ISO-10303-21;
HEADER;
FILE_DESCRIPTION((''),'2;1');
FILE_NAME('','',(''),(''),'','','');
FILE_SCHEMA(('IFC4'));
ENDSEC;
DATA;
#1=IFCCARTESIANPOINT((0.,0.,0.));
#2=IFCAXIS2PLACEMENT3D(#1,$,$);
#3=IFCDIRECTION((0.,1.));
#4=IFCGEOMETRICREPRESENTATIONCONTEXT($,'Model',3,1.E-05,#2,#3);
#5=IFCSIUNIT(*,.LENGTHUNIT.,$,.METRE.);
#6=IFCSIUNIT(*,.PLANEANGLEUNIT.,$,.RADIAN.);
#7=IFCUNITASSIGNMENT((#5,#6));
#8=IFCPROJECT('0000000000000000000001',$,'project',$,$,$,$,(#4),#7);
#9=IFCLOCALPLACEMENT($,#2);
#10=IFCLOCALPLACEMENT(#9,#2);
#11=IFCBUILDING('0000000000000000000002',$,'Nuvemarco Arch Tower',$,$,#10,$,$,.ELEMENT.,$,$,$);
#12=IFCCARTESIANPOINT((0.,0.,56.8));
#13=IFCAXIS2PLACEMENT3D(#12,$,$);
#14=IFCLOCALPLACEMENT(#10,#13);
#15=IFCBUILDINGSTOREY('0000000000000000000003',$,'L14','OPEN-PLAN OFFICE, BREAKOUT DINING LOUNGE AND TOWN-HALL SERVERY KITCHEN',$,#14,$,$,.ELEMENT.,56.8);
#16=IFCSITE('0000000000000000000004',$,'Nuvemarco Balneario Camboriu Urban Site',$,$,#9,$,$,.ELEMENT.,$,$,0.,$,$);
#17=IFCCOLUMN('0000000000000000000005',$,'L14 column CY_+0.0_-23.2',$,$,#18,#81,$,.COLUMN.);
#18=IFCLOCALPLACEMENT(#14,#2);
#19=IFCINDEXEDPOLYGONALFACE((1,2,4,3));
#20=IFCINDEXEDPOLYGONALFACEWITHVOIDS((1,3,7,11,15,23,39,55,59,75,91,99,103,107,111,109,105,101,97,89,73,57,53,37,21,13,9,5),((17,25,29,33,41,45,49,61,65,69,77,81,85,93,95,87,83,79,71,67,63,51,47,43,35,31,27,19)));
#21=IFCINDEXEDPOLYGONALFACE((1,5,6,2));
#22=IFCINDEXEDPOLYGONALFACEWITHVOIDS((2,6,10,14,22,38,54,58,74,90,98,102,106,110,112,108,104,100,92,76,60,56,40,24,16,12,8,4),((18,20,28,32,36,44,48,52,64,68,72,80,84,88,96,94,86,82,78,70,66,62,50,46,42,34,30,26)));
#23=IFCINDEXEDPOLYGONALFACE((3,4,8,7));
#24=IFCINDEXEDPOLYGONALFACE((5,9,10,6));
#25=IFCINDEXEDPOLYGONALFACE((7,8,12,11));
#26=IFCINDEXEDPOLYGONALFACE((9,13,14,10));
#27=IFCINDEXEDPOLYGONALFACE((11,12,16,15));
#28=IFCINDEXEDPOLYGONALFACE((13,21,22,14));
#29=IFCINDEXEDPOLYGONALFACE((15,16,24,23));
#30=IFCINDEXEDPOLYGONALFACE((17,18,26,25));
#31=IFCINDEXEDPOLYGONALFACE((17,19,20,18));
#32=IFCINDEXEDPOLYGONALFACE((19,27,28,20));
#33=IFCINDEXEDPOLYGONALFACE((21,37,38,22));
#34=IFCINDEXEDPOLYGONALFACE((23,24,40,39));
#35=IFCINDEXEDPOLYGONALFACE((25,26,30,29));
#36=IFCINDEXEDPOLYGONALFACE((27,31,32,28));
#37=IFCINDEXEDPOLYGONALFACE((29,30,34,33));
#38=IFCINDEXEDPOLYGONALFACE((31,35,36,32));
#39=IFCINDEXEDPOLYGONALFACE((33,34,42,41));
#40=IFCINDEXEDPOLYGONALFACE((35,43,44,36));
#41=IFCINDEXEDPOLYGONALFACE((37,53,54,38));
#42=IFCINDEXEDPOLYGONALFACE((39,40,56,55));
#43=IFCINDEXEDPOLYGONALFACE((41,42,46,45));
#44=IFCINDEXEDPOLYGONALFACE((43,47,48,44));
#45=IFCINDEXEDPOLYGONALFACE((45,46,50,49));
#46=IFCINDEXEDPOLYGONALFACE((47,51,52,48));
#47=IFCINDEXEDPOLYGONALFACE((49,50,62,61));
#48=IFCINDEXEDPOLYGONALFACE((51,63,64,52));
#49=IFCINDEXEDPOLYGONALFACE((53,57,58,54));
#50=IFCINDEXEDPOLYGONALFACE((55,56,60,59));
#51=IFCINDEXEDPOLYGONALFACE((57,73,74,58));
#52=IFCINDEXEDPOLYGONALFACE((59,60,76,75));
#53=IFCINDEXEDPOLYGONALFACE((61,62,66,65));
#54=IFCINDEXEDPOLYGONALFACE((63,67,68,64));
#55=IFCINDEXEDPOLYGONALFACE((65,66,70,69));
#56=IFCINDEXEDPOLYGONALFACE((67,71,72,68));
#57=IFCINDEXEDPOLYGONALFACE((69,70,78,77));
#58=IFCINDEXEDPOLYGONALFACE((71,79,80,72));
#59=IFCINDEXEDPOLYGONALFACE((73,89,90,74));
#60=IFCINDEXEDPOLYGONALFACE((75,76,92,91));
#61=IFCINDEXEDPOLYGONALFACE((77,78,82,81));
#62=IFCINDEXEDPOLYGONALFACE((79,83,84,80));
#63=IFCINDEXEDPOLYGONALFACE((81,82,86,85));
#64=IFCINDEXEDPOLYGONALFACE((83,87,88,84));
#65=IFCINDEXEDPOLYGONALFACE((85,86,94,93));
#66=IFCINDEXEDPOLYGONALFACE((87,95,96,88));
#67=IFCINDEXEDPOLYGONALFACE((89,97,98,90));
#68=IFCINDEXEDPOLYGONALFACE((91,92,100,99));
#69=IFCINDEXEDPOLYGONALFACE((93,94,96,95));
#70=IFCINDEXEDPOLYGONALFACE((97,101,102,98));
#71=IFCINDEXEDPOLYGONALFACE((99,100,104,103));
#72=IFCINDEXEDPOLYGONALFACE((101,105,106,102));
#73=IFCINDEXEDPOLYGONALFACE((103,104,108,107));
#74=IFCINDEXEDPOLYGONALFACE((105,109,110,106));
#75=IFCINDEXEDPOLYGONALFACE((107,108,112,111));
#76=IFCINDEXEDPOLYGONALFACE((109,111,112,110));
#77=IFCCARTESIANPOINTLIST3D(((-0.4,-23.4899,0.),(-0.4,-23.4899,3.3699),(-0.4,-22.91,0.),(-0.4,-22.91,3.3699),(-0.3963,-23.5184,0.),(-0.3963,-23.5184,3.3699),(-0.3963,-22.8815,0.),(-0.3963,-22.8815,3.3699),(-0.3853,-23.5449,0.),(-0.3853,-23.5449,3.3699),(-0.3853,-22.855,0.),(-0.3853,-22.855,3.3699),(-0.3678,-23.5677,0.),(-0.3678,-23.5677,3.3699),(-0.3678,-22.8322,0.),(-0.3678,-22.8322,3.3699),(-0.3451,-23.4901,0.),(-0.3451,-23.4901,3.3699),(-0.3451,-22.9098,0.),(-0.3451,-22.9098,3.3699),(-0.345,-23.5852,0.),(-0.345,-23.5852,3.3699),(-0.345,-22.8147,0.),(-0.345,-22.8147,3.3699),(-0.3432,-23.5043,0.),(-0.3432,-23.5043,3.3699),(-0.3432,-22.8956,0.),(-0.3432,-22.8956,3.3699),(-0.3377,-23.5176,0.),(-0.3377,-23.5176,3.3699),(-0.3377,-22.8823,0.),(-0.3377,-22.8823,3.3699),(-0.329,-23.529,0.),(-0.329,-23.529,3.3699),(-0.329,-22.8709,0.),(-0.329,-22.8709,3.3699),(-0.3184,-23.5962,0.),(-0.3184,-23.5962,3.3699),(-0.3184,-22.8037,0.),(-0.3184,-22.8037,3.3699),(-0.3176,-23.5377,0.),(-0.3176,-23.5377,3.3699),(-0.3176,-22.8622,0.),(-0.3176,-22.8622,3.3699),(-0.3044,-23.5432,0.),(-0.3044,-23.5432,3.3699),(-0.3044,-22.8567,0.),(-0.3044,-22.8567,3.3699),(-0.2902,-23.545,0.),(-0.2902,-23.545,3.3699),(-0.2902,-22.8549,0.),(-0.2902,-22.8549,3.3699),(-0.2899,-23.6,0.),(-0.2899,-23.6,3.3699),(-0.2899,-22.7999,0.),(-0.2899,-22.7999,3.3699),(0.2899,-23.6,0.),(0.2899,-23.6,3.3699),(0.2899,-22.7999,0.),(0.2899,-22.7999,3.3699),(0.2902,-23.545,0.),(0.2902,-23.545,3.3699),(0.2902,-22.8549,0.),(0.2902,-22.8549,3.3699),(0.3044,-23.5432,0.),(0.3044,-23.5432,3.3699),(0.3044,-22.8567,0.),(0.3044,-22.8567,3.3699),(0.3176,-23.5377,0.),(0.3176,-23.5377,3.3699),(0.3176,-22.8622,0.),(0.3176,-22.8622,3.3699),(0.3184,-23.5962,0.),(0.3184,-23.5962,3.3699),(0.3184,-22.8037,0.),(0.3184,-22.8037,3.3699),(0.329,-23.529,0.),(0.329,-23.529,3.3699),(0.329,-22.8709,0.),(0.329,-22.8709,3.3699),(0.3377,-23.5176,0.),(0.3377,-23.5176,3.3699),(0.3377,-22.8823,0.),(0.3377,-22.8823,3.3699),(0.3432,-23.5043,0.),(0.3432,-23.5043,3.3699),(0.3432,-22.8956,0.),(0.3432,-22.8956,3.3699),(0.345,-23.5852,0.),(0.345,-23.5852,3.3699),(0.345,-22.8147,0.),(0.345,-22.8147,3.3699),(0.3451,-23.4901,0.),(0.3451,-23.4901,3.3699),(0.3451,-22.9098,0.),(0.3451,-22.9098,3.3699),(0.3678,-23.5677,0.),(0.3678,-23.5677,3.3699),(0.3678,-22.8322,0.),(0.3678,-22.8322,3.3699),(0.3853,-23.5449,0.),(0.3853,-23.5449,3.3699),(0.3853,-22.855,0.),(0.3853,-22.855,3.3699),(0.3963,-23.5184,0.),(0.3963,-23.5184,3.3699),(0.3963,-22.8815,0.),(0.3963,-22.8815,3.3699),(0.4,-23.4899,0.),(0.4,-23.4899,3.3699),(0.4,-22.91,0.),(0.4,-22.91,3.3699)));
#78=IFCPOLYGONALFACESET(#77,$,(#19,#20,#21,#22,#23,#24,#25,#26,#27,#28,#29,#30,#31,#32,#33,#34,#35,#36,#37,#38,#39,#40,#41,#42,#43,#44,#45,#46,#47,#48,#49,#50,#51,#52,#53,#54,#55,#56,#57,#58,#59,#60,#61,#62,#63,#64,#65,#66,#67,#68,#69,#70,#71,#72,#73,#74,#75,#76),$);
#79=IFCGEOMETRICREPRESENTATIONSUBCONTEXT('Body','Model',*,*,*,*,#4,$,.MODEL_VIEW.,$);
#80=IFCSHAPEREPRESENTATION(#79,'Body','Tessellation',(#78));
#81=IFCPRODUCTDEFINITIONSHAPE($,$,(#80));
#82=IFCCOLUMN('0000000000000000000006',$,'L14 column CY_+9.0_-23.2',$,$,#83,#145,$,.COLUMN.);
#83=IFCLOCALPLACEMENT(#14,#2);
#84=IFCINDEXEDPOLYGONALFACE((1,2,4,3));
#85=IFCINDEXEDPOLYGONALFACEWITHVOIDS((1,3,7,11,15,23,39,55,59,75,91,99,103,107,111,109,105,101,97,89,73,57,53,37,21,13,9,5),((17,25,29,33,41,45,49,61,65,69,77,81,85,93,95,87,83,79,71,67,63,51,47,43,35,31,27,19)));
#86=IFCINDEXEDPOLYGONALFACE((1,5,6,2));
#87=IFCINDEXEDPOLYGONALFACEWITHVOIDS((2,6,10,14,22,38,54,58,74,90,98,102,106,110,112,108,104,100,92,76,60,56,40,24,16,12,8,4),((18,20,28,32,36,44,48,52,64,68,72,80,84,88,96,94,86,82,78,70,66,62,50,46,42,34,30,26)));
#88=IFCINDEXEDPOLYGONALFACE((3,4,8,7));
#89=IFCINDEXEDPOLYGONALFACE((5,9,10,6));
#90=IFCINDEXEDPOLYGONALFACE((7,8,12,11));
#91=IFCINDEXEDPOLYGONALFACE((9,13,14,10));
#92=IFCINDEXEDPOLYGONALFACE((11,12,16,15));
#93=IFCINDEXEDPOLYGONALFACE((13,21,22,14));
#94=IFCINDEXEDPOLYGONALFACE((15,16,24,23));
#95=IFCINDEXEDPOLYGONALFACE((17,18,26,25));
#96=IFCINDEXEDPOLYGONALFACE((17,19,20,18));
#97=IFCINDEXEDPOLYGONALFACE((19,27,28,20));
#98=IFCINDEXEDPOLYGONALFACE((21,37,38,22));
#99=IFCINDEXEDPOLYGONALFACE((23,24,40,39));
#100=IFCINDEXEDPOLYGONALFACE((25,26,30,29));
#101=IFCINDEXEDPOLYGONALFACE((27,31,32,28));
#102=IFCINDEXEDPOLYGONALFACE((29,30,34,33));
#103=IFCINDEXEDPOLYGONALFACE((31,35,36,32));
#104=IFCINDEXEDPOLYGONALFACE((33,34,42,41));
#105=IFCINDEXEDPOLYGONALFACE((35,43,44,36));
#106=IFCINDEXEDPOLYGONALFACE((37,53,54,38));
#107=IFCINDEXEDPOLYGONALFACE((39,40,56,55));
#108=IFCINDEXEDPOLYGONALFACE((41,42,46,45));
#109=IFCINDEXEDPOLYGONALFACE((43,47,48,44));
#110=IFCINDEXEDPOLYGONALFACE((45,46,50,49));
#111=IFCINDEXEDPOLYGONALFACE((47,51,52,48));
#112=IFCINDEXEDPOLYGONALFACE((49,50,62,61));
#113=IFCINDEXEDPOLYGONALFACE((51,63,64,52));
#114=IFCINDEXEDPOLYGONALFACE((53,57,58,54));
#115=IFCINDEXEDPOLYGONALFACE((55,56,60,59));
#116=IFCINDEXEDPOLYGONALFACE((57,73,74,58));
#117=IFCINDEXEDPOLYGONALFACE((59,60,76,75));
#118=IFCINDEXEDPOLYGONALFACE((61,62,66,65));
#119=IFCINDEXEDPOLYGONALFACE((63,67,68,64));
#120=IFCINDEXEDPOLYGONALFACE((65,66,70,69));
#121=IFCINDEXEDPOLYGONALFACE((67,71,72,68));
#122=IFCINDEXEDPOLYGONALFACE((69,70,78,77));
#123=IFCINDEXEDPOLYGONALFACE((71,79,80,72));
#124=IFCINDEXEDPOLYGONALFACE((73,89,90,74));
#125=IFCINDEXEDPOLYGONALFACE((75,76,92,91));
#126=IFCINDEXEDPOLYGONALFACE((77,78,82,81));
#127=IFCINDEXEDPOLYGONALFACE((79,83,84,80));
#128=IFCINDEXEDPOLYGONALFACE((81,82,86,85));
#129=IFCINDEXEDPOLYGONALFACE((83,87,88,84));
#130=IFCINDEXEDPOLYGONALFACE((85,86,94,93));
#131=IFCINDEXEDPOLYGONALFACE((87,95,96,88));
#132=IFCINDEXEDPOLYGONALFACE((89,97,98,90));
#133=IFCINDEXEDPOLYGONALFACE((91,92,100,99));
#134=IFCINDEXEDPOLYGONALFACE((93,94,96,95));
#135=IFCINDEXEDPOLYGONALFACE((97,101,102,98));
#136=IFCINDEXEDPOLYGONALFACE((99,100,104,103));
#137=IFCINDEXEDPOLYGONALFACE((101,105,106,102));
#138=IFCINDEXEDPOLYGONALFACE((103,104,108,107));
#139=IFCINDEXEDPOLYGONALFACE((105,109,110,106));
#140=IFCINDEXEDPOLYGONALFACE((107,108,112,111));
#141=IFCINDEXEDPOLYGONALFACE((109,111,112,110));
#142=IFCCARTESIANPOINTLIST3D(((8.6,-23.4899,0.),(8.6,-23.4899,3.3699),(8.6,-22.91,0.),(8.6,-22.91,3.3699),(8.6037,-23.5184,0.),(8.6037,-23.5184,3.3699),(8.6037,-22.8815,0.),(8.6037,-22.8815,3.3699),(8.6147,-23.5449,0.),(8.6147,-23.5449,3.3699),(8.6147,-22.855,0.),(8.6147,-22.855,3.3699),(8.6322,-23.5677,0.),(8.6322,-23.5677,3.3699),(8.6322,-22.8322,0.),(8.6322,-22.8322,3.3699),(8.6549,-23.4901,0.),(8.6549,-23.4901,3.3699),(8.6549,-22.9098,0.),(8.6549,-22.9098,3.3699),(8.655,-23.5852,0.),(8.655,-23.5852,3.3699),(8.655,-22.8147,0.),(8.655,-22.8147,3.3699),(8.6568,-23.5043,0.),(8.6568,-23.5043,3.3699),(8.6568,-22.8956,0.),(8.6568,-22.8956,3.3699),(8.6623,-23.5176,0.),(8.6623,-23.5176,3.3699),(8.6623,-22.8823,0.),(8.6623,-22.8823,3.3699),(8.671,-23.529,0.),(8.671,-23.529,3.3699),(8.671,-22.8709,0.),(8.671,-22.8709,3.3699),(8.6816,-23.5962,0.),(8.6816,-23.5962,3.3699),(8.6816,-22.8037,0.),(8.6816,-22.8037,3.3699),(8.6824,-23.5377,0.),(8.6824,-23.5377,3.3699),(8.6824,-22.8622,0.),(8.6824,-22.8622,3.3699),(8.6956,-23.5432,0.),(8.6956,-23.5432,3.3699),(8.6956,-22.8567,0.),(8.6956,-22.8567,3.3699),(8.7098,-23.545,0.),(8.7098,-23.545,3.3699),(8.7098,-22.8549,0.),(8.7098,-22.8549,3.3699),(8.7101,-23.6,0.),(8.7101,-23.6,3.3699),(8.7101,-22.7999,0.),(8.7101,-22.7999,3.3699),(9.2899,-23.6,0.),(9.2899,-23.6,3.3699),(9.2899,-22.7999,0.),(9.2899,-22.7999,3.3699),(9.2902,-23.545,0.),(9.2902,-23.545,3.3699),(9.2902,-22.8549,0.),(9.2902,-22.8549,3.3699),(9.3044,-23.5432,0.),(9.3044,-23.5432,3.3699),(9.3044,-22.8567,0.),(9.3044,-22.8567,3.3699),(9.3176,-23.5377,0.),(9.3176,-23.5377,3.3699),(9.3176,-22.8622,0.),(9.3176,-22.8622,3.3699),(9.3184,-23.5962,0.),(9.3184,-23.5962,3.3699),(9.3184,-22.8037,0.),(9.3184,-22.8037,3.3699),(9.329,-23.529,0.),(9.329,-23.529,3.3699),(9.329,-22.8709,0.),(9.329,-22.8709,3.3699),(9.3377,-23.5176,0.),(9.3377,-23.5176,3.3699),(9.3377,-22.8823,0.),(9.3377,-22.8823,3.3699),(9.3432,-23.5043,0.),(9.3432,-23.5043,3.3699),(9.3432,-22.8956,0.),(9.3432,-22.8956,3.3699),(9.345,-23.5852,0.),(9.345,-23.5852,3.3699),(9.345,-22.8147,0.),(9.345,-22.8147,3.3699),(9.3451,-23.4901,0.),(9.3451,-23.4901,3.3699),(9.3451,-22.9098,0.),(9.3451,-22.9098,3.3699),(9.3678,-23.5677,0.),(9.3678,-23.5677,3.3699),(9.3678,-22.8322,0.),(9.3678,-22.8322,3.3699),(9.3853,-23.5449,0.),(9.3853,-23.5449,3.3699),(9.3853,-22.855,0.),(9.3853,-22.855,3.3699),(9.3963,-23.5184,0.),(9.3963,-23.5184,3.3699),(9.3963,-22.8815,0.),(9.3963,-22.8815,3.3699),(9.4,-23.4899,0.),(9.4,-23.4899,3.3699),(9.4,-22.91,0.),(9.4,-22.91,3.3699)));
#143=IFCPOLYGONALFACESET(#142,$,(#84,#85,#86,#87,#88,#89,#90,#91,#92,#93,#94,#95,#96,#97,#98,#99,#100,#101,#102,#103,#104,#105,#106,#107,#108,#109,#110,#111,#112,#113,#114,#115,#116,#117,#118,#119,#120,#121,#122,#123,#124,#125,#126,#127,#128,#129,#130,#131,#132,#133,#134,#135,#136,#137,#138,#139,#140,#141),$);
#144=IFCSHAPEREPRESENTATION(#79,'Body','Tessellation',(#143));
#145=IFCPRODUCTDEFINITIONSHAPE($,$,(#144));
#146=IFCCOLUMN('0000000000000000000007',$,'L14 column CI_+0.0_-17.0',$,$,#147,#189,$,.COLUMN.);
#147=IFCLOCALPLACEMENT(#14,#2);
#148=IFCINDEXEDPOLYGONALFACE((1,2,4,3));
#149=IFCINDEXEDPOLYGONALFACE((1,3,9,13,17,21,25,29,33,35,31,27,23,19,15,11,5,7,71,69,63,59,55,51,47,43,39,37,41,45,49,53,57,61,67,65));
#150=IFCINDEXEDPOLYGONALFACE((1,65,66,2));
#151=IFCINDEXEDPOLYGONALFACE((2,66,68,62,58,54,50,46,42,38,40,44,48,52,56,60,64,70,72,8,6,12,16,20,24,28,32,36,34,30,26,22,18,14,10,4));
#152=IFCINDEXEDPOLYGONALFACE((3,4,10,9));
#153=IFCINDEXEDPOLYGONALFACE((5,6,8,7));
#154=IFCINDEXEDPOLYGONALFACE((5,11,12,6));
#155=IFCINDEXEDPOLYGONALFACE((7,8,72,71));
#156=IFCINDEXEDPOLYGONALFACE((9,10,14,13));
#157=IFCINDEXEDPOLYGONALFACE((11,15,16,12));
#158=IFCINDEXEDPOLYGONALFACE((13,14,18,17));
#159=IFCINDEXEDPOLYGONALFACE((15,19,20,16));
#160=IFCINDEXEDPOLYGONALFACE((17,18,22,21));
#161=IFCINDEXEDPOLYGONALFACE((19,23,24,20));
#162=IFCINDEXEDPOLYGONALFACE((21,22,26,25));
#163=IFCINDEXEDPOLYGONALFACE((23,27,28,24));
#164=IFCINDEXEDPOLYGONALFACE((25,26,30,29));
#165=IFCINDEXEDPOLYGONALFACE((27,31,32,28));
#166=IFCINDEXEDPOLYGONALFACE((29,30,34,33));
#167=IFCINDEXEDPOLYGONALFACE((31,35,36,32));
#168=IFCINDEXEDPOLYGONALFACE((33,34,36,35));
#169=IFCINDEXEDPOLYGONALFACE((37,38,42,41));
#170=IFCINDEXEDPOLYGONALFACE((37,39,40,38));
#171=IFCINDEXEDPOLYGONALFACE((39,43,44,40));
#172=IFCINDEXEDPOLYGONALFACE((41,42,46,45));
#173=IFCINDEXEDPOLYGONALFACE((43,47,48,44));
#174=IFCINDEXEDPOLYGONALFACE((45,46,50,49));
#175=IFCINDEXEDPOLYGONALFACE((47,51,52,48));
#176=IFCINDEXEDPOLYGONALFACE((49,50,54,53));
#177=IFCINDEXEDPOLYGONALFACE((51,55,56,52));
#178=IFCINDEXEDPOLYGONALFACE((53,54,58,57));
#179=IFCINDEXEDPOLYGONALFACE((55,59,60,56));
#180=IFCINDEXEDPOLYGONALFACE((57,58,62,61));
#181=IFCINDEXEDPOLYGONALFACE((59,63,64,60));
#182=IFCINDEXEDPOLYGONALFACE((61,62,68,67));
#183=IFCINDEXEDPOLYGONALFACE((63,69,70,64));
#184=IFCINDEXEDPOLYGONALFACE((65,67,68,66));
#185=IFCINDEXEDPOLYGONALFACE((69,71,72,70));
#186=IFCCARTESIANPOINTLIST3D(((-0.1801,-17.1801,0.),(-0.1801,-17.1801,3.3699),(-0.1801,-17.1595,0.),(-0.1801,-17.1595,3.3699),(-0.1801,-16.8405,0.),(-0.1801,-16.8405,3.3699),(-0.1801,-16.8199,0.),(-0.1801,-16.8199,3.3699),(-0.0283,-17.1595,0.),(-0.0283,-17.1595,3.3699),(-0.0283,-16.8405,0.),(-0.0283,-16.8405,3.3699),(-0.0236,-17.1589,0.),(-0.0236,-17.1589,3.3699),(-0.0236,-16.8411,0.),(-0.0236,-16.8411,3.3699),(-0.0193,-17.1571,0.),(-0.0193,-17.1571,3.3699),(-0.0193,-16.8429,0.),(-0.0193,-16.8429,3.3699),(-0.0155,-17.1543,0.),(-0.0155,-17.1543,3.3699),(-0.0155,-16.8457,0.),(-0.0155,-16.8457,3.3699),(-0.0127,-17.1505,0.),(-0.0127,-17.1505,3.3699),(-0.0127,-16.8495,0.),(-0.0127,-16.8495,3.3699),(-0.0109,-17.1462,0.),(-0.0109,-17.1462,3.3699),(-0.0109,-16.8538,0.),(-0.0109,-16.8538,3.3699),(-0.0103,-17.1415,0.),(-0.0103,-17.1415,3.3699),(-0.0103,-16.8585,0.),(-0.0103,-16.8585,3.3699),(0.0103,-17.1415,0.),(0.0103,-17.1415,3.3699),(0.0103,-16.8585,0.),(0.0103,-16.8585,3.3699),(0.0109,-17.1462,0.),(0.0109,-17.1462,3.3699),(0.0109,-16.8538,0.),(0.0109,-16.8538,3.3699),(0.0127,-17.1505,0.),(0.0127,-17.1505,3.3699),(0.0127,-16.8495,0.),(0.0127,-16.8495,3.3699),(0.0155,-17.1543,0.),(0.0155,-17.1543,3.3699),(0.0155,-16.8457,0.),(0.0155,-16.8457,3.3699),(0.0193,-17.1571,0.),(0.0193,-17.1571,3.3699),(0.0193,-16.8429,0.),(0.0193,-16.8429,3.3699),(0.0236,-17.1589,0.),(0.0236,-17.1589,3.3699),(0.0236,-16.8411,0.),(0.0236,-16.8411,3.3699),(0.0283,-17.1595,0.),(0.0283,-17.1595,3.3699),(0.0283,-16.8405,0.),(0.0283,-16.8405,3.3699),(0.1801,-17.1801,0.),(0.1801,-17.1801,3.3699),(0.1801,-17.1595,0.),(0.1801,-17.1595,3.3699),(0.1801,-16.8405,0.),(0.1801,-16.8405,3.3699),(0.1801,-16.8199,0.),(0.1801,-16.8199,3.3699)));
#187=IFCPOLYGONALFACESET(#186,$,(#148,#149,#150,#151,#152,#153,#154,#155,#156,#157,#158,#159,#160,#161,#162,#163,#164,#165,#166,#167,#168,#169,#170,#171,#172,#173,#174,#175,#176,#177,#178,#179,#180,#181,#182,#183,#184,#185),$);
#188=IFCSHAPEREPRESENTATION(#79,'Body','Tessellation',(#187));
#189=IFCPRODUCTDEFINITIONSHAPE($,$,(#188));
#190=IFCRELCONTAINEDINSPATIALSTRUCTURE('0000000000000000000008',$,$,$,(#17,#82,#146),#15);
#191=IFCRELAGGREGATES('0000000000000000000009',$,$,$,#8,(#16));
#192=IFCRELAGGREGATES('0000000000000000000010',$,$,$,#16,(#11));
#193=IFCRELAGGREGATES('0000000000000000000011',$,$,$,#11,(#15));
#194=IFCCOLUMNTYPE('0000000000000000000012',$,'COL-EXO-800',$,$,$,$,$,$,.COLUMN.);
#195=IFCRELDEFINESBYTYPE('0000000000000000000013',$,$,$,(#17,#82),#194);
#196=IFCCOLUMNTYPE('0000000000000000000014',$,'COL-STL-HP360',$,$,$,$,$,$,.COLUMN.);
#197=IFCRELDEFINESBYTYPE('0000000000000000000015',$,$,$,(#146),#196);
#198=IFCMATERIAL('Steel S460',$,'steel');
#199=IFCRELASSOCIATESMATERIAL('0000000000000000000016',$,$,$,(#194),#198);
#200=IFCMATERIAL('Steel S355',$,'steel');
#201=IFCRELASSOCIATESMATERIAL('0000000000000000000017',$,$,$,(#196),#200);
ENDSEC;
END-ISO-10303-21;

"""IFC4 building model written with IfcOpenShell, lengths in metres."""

from ifc_helpers import new_model, si_unit, direction, frame, origin, origin_2d, place, context, subcontext, project, spatial, hollow_rectangle, i_section, extrude, material, material_profile, profile_set, type_object, element, save


model = new_model("IFC4")

# Units and contexts
model_context = context("Model", 3, precision=1e-05, world=origin(), true_north=direction((0.0, 1.0)))
body_context = subcontext(model_context, "Body", "Model", "MODEL_VIEW")
ifc_project = project(units=[si_unit("LENGTHUNIT", "METRE"), si_unit("PLANEANGLEUNIT", "RADIAN")], contexts=[model_context])

# Site, building, storey
site_placement = place(None, origin())
site = spatial("IfcSite", under=ifc_project, at=site_placement, Name="Nuvemarco Balneario Camboriu Urban Site", CompositionType="ELEMENT", RefElevation=0.0)
building_placement = place(site_placement, origin())
building = spatial("IfcBuilding", under=site, at=building_placement, Name="Nuvemarco Arch Tower", CompositionType="ELEMENT")
storey_placement = place(building_placement, frame((0.0, 0.0, 56.8)))
storey = spatial("IfcBuildingStorey", under=building, at=storey_placement, Name="L14", Description="OPEN-PLAN OFFICE, BREAKOUT DINING LOUNGE AND TOWN-HALL SERVERY KITCHEN", CompositionType="ELEMENT", Elevation=56.8)

# Columns
ifc_material_1 = material(Name="Steel S460", Category="steel")
ifc_material_profile_1 = material_profile(ifc_material_1, hollow_rectangle(XDim=0.8, YDim=0.8, WallThickness=0.0549, InnerFilletRadius=0.0549, OuterFilletRadius=0.1101, at=origin_2d()), Name="SHS800x800x55")
ifc_profile_set_1 = profile_set([ifc_material_profile_1], Name="Steel S460")
column_type_1 = type_object("IfcColumnType", Name="COL-EXO-800", PredefinedType="COLUMN", material=ifc_profile_set_1)
for number, where, z_axis, x_axis, name in (
    (1, (0.0, -23.2, 0.0), (0.0, 0.0, 1.0), (1.0, 0.0, 0.0), "L14 column CY_+0.0_-23.2"),
    (2, (9.0, -23.2, 0.0), (0.0, 0.0, 1.0), (1.0, 0.0, 0.0), "L14 column CY_+9.0_-23.2"),
):
    element("IfcColumn", number, at=place(storey_placement, frame(where, z_axis=z_axis, x_axis=x_axis)), inside=storey, type_object=column_type_1, Name=name, PredefinedType="COLUMN", context=body_context, shape_type="SweptSolid", body=[
        extrude(hollow_rectangle(XDim=0.8, YDim=0.8, WallThickness=0.0549, InnerFilletRadius=0.0549, OuterFilletRadius=0.1101, at=origin_2d()), origin(), (0.0, 0.0, 1.0), 3.3699),
    ])
ifc_material_2 = material(Name="Steel S355", Category="steel")
ifc_material_profile_2 = material_profile(ifc_material_2, i_section(OverallWidth=0.3601, OverallDepth=0.3601, WebThickness=0.0205, FlangeThickness=0.0205, FilletRadius=0.0181, at=origin_2d()), Name="HP360x174")
ifc_profile_set_2 = profile_set([ifc_material_profile_2], Name="Steel S355")
column_type_2 = type_object("IfcColumnType", Name="COL-STL-HP360", PredefinedType="COLUMN", material=ifc_profile_set_2)
for number, where, z_axis, x_axis, name in (
    (3, (0.0, -17.0, 0.0), (0.0, 0.0, 1.0), (1.0, 0.0, 0.0), "L14 column CI_+0.0_-17.0"),
):
    element("IfcColumn", number, at=place(storey_placement, frame(where, z_axis=z_axis, x_axis=x_axis)), inside=storey, type_object=column_type_2, Name=name, PredefinedType="COLUMN", context=body_context, shape_type="SweptSolid", body=[
        extrude(i_section(OverallWidth=0.3601, OverallDepth=0.3601, WebThickness=0.0205, FlangeThickness=0.0205, FilletRadius=0.0181, at=origin_2d()), origin(), (0.0, 0.0, 1.0), 3.3699),
    ])

save(model, "model.ifc")
